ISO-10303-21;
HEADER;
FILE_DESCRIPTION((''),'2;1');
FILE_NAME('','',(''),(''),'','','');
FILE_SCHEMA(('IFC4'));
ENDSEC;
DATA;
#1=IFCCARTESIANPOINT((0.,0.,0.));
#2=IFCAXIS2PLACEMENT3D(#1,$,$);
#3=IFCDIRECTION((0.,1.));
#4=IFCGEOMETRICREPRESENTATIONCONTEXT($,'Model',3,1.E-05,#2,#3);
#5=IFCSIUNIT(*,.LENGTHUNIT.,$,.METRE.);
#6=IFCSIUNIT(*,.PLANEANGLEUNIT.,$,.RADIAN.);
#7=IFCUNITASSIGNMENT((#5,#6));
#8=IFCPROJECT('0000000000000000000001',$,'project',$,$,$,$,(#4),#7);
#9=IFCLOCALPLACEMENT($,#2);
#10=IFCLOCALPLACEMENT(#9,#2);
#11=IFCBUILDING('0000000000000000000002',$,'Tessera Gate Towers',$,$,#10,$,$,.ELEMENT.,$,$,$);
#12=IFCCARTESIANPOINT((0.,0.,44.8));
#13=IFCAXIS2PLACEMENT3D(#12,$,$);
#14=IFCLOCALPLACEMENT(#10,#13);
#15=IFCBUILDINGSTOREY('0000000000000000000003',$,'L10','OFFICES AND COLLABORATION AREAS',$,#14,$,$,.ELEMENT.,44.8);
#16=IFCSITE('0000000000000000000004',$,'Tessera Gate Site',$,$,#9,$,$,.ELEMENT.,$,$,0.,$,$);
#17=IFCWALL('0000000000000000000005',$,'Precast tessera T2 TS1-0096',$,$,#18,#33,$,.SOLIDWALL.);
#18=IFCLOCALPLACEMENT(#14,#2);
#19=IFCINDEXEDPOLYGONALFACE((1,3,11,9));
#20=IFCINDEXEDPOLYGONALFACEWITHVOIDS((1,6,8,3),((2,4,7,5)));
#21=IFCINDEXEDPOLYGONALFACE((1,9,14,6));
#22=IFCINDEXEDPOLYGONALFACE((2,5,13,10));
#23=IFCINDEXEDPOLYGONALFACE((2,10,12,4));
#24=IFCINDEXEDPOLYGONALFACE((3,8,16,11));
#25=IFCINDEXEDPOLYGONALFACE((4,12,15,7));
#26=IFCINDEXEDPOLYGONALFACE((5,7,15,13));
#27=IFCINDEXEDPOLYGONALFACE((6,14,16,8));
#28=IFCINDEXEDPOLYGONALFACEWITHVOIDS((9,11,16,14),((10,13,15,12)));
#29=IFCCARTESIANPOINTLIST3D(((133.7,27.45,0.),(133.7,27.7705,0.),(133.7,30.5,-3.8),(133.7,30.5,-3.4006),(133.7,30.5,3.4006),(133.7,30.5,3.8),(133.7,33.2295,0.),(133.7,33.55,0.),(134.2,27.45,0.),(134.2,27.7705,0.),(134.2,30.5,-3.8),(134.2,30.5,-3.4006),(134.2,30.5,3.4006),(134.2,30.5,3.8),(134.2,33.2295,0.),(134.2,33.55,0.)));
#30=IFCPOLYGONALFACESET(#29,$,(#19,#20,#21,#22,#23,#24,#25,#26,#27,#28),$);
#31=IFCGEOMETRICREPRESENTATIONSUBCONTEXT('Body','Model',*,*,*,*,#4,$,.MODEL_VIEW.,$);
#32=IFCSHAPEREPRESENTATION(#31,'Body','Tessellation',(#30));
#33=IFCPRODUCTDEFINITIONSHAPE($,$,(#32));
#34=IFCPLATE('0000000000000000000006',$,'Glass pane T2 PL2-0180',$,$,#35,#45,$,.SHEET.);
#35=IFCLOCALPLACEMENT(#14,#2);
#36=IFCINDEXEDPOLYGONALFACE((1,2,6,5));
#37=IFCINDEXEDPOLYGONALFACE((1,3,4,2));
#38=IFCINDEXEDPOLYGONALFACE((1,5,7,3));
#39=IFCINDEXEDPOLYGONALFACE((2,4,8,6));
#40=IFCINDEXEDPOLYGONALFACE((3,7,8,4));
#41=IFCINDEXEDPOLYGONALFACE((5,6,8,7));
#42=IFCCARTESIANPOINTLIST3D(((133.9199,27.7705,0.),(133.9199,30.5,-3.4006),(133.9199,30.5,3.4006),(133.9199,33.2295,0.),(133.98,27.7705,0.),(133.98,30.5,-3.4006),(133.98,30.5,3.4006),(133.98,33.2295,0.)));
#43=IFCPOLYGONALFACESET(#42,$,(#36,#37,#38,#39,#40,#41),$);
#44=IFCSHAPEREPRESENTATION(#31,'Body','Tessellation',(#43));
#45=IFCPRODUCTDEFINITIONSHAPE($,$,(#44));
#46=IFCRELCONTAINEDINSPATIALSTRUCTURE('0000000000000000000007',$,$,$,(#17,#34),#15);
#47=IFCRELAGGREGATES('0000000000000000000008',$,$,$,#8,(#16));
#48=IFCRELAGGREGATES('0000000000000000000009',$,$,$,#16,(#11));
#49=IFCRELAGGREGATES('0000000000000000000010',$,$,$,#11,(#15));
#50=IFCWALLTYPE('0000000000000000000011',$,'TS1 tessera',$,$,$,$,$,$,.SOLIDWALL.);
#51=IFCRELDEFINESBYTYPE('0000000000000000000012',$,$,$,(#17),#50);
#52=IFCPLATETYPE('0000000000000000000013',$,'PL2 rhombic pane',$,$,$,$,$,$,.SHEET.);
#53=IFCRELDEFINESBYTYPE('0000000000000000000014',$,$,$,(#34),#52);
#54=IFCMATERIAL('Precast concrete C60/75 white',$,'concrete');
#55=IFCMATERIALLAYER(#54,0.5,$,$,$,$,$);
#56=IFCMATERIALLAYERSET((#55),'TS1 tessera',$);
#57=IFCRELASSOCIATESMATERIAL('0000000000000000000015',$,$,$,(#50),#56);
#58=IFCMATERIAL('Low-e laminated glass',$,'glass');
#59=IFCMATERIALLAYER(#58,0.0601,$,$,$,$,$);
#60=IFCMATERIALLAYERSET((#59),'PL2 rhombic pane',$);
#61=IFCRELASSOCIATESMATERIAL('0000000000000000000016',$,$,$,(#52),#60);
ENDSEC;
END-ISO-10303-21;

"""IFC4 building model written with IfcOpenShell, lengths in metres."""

from ifc_helpers import new_model, si_unit, direction, frame, origin, place, context, subcontext, project, spatial, polyline, outline, extrude, source, transform, mapped, material, layer, layer_set, type_object, element, fill, save


model = new_model("IFC4")

# Units and contexts
model_context = context("Model", 3, precision=1e-05, world=origin(), true_north=direction((0.0, 1.0)))
body_context = subcontext(model_context, "Body", "Model", "MODEL_VIEW")
ifc_project = project(units=[si_unit("LENGTHUNIT", "METRE"), si_unit("PLANEANGLEUNIT", "RADIAN")], contexts=[model_context])

# Site, building, storey
site_placement = place(None, origin())
site = spatial("IfcSite", under=ifc_project, at=site_placement, Name="Tessera Gate Site", CompositionType="ELEMENT", RefElevation=0.0)
building_placement = place(site_placement, origin())
building = spatial("IfcBuilding", under=site, at=building_placement, Name="Tessera Gate Towers", CompositionType="ELEMENT")
storey_placement = place(building_placement, frame((0.0, 0.0, 44.8)))
storey = spatial("IfcBuildingStorey", under=building, at=storey_placement, Name="L10", Description="OFFICES AND COLLABORATION AREAS", CompositionType="ELEMENT", Elevation=44.8)

# Wall, opening, plate
ifc_material_1 = material(Name="Precast concrete C60/75 white", Category="concrete")
ifc_layer_1 = layer(ifc_material_1, 0.5)
ifc_layer_set_1 = layer_set([ifc_layer_1], Name="TS1 tessera")
wall_type_1 = type_object("IfcWallType", Name="TS1 tessera", PredefinedType="SOLIDWALL", material=ifc_layer_set_1)
shared_shape_1 = source(origin(), body_context, "Body", "SweptSolid", [
    extrude(outline(polyline([(3.05, 0.0), (6.1001, 3.8), (3.05, 7.6001), (0.0, 3.8), (3.05, 0.0)])), frame((0.0, 0.25, 0.0), z_axis=(0.0, -1.0, 0.0), x_axis=(1.0, 0.0, 0.0)), (0.0, 0.0, 1.0), 0.5),
])
wall_1_placement = place(storey_placement, frame((133.95, 27.45, -3.8), z_axis=(0.0, 0.0, 1.0), x_axis=(0.0, 1.0, 0.0)))
wall_1 = element("IfcWall", 1, at=wall_1_placement, inside=storey, type_object=wall_type_1, Name="Precast tessera T2 TS1-0096", PredefinedType="SOLIDWALL", context=body_context, shape_type="MappedRepresentation", body=[
    mapped(shared_shape_1, transform((0.0, 0.0, 0.0), scale=1.0)),
])
shared_shape_2 = source(origin(), body_context, "Body", "SweptSolid", [
    extrude(outline(polyline([(3.05, 0.3994), (5.7795, 3.8), (3.05, 7.2007), (0.3206, 3.8), (3.05, 0.3994)])), frame((0.0, 0.26, 0.0), z_axis=(0.0, -1.0, 0.0), x_axis=(1.0, 0.0, 0.0)), (0.0, 0.0, 1.0), 0.52),
])
opening_1_placement = place(wall_1_placement, origin())
opening_1 = element("IfcOpeningElement", 2, at=opening_1_placement, cuts=wall_1, PredefinedType="OPENING", context=body_context, shape_type="MappedRepresentation", body=[
    mapped(shared_shape_2, transform((0.0, 0.0, 0.0), scale=1.0)),
])
ifc_material_2 = material(Name="Low-e laminated glass", Category="glass")
ifc_layer_2 = layer(ifc_material_2, 0.0601)
ifc_layer_set_2 = layer_set([ifc_layer_2], Name="PL2 rhombic pane")
plate_type = type_object("IfcPlateType", Name="PL2 rhombic pane", PredefinedType="SHEET", material=ifc_layer_set_2)
shared_shape_3 = source(origin(), body_context, "Body", "SweptSolid", [
    extrude(outline(polyline([(3.05, 0.3994), (5.7795, 3.8), (3.05, 7.2007), (0.3206, 3.8), (3.05, 0.3994)])), frame((0.0, 0.03, 0.0), z_axis=(0.0, -1.0, 0.0), x_axis=(1.0, 0.0, 0.0)), (0.0, 0.0, 1.0), 0.0601),
])
plate_placement = place(opening_1_placement, origin())
plate = element("IfcPlate", 3, at=plate_placement, inside=storey, type_object=plate_type, Name="Glass pane T2 PL2-0180", PredefinedType="SHEET", context=body_context, shape_type="MappedRepresentation", body=[
    mapped(shared_shape_3, transform((0.0, 0.0, 0.0), scale=1.0)),
])
fill(opening_1, plate)

save(model, "model.ifc")
